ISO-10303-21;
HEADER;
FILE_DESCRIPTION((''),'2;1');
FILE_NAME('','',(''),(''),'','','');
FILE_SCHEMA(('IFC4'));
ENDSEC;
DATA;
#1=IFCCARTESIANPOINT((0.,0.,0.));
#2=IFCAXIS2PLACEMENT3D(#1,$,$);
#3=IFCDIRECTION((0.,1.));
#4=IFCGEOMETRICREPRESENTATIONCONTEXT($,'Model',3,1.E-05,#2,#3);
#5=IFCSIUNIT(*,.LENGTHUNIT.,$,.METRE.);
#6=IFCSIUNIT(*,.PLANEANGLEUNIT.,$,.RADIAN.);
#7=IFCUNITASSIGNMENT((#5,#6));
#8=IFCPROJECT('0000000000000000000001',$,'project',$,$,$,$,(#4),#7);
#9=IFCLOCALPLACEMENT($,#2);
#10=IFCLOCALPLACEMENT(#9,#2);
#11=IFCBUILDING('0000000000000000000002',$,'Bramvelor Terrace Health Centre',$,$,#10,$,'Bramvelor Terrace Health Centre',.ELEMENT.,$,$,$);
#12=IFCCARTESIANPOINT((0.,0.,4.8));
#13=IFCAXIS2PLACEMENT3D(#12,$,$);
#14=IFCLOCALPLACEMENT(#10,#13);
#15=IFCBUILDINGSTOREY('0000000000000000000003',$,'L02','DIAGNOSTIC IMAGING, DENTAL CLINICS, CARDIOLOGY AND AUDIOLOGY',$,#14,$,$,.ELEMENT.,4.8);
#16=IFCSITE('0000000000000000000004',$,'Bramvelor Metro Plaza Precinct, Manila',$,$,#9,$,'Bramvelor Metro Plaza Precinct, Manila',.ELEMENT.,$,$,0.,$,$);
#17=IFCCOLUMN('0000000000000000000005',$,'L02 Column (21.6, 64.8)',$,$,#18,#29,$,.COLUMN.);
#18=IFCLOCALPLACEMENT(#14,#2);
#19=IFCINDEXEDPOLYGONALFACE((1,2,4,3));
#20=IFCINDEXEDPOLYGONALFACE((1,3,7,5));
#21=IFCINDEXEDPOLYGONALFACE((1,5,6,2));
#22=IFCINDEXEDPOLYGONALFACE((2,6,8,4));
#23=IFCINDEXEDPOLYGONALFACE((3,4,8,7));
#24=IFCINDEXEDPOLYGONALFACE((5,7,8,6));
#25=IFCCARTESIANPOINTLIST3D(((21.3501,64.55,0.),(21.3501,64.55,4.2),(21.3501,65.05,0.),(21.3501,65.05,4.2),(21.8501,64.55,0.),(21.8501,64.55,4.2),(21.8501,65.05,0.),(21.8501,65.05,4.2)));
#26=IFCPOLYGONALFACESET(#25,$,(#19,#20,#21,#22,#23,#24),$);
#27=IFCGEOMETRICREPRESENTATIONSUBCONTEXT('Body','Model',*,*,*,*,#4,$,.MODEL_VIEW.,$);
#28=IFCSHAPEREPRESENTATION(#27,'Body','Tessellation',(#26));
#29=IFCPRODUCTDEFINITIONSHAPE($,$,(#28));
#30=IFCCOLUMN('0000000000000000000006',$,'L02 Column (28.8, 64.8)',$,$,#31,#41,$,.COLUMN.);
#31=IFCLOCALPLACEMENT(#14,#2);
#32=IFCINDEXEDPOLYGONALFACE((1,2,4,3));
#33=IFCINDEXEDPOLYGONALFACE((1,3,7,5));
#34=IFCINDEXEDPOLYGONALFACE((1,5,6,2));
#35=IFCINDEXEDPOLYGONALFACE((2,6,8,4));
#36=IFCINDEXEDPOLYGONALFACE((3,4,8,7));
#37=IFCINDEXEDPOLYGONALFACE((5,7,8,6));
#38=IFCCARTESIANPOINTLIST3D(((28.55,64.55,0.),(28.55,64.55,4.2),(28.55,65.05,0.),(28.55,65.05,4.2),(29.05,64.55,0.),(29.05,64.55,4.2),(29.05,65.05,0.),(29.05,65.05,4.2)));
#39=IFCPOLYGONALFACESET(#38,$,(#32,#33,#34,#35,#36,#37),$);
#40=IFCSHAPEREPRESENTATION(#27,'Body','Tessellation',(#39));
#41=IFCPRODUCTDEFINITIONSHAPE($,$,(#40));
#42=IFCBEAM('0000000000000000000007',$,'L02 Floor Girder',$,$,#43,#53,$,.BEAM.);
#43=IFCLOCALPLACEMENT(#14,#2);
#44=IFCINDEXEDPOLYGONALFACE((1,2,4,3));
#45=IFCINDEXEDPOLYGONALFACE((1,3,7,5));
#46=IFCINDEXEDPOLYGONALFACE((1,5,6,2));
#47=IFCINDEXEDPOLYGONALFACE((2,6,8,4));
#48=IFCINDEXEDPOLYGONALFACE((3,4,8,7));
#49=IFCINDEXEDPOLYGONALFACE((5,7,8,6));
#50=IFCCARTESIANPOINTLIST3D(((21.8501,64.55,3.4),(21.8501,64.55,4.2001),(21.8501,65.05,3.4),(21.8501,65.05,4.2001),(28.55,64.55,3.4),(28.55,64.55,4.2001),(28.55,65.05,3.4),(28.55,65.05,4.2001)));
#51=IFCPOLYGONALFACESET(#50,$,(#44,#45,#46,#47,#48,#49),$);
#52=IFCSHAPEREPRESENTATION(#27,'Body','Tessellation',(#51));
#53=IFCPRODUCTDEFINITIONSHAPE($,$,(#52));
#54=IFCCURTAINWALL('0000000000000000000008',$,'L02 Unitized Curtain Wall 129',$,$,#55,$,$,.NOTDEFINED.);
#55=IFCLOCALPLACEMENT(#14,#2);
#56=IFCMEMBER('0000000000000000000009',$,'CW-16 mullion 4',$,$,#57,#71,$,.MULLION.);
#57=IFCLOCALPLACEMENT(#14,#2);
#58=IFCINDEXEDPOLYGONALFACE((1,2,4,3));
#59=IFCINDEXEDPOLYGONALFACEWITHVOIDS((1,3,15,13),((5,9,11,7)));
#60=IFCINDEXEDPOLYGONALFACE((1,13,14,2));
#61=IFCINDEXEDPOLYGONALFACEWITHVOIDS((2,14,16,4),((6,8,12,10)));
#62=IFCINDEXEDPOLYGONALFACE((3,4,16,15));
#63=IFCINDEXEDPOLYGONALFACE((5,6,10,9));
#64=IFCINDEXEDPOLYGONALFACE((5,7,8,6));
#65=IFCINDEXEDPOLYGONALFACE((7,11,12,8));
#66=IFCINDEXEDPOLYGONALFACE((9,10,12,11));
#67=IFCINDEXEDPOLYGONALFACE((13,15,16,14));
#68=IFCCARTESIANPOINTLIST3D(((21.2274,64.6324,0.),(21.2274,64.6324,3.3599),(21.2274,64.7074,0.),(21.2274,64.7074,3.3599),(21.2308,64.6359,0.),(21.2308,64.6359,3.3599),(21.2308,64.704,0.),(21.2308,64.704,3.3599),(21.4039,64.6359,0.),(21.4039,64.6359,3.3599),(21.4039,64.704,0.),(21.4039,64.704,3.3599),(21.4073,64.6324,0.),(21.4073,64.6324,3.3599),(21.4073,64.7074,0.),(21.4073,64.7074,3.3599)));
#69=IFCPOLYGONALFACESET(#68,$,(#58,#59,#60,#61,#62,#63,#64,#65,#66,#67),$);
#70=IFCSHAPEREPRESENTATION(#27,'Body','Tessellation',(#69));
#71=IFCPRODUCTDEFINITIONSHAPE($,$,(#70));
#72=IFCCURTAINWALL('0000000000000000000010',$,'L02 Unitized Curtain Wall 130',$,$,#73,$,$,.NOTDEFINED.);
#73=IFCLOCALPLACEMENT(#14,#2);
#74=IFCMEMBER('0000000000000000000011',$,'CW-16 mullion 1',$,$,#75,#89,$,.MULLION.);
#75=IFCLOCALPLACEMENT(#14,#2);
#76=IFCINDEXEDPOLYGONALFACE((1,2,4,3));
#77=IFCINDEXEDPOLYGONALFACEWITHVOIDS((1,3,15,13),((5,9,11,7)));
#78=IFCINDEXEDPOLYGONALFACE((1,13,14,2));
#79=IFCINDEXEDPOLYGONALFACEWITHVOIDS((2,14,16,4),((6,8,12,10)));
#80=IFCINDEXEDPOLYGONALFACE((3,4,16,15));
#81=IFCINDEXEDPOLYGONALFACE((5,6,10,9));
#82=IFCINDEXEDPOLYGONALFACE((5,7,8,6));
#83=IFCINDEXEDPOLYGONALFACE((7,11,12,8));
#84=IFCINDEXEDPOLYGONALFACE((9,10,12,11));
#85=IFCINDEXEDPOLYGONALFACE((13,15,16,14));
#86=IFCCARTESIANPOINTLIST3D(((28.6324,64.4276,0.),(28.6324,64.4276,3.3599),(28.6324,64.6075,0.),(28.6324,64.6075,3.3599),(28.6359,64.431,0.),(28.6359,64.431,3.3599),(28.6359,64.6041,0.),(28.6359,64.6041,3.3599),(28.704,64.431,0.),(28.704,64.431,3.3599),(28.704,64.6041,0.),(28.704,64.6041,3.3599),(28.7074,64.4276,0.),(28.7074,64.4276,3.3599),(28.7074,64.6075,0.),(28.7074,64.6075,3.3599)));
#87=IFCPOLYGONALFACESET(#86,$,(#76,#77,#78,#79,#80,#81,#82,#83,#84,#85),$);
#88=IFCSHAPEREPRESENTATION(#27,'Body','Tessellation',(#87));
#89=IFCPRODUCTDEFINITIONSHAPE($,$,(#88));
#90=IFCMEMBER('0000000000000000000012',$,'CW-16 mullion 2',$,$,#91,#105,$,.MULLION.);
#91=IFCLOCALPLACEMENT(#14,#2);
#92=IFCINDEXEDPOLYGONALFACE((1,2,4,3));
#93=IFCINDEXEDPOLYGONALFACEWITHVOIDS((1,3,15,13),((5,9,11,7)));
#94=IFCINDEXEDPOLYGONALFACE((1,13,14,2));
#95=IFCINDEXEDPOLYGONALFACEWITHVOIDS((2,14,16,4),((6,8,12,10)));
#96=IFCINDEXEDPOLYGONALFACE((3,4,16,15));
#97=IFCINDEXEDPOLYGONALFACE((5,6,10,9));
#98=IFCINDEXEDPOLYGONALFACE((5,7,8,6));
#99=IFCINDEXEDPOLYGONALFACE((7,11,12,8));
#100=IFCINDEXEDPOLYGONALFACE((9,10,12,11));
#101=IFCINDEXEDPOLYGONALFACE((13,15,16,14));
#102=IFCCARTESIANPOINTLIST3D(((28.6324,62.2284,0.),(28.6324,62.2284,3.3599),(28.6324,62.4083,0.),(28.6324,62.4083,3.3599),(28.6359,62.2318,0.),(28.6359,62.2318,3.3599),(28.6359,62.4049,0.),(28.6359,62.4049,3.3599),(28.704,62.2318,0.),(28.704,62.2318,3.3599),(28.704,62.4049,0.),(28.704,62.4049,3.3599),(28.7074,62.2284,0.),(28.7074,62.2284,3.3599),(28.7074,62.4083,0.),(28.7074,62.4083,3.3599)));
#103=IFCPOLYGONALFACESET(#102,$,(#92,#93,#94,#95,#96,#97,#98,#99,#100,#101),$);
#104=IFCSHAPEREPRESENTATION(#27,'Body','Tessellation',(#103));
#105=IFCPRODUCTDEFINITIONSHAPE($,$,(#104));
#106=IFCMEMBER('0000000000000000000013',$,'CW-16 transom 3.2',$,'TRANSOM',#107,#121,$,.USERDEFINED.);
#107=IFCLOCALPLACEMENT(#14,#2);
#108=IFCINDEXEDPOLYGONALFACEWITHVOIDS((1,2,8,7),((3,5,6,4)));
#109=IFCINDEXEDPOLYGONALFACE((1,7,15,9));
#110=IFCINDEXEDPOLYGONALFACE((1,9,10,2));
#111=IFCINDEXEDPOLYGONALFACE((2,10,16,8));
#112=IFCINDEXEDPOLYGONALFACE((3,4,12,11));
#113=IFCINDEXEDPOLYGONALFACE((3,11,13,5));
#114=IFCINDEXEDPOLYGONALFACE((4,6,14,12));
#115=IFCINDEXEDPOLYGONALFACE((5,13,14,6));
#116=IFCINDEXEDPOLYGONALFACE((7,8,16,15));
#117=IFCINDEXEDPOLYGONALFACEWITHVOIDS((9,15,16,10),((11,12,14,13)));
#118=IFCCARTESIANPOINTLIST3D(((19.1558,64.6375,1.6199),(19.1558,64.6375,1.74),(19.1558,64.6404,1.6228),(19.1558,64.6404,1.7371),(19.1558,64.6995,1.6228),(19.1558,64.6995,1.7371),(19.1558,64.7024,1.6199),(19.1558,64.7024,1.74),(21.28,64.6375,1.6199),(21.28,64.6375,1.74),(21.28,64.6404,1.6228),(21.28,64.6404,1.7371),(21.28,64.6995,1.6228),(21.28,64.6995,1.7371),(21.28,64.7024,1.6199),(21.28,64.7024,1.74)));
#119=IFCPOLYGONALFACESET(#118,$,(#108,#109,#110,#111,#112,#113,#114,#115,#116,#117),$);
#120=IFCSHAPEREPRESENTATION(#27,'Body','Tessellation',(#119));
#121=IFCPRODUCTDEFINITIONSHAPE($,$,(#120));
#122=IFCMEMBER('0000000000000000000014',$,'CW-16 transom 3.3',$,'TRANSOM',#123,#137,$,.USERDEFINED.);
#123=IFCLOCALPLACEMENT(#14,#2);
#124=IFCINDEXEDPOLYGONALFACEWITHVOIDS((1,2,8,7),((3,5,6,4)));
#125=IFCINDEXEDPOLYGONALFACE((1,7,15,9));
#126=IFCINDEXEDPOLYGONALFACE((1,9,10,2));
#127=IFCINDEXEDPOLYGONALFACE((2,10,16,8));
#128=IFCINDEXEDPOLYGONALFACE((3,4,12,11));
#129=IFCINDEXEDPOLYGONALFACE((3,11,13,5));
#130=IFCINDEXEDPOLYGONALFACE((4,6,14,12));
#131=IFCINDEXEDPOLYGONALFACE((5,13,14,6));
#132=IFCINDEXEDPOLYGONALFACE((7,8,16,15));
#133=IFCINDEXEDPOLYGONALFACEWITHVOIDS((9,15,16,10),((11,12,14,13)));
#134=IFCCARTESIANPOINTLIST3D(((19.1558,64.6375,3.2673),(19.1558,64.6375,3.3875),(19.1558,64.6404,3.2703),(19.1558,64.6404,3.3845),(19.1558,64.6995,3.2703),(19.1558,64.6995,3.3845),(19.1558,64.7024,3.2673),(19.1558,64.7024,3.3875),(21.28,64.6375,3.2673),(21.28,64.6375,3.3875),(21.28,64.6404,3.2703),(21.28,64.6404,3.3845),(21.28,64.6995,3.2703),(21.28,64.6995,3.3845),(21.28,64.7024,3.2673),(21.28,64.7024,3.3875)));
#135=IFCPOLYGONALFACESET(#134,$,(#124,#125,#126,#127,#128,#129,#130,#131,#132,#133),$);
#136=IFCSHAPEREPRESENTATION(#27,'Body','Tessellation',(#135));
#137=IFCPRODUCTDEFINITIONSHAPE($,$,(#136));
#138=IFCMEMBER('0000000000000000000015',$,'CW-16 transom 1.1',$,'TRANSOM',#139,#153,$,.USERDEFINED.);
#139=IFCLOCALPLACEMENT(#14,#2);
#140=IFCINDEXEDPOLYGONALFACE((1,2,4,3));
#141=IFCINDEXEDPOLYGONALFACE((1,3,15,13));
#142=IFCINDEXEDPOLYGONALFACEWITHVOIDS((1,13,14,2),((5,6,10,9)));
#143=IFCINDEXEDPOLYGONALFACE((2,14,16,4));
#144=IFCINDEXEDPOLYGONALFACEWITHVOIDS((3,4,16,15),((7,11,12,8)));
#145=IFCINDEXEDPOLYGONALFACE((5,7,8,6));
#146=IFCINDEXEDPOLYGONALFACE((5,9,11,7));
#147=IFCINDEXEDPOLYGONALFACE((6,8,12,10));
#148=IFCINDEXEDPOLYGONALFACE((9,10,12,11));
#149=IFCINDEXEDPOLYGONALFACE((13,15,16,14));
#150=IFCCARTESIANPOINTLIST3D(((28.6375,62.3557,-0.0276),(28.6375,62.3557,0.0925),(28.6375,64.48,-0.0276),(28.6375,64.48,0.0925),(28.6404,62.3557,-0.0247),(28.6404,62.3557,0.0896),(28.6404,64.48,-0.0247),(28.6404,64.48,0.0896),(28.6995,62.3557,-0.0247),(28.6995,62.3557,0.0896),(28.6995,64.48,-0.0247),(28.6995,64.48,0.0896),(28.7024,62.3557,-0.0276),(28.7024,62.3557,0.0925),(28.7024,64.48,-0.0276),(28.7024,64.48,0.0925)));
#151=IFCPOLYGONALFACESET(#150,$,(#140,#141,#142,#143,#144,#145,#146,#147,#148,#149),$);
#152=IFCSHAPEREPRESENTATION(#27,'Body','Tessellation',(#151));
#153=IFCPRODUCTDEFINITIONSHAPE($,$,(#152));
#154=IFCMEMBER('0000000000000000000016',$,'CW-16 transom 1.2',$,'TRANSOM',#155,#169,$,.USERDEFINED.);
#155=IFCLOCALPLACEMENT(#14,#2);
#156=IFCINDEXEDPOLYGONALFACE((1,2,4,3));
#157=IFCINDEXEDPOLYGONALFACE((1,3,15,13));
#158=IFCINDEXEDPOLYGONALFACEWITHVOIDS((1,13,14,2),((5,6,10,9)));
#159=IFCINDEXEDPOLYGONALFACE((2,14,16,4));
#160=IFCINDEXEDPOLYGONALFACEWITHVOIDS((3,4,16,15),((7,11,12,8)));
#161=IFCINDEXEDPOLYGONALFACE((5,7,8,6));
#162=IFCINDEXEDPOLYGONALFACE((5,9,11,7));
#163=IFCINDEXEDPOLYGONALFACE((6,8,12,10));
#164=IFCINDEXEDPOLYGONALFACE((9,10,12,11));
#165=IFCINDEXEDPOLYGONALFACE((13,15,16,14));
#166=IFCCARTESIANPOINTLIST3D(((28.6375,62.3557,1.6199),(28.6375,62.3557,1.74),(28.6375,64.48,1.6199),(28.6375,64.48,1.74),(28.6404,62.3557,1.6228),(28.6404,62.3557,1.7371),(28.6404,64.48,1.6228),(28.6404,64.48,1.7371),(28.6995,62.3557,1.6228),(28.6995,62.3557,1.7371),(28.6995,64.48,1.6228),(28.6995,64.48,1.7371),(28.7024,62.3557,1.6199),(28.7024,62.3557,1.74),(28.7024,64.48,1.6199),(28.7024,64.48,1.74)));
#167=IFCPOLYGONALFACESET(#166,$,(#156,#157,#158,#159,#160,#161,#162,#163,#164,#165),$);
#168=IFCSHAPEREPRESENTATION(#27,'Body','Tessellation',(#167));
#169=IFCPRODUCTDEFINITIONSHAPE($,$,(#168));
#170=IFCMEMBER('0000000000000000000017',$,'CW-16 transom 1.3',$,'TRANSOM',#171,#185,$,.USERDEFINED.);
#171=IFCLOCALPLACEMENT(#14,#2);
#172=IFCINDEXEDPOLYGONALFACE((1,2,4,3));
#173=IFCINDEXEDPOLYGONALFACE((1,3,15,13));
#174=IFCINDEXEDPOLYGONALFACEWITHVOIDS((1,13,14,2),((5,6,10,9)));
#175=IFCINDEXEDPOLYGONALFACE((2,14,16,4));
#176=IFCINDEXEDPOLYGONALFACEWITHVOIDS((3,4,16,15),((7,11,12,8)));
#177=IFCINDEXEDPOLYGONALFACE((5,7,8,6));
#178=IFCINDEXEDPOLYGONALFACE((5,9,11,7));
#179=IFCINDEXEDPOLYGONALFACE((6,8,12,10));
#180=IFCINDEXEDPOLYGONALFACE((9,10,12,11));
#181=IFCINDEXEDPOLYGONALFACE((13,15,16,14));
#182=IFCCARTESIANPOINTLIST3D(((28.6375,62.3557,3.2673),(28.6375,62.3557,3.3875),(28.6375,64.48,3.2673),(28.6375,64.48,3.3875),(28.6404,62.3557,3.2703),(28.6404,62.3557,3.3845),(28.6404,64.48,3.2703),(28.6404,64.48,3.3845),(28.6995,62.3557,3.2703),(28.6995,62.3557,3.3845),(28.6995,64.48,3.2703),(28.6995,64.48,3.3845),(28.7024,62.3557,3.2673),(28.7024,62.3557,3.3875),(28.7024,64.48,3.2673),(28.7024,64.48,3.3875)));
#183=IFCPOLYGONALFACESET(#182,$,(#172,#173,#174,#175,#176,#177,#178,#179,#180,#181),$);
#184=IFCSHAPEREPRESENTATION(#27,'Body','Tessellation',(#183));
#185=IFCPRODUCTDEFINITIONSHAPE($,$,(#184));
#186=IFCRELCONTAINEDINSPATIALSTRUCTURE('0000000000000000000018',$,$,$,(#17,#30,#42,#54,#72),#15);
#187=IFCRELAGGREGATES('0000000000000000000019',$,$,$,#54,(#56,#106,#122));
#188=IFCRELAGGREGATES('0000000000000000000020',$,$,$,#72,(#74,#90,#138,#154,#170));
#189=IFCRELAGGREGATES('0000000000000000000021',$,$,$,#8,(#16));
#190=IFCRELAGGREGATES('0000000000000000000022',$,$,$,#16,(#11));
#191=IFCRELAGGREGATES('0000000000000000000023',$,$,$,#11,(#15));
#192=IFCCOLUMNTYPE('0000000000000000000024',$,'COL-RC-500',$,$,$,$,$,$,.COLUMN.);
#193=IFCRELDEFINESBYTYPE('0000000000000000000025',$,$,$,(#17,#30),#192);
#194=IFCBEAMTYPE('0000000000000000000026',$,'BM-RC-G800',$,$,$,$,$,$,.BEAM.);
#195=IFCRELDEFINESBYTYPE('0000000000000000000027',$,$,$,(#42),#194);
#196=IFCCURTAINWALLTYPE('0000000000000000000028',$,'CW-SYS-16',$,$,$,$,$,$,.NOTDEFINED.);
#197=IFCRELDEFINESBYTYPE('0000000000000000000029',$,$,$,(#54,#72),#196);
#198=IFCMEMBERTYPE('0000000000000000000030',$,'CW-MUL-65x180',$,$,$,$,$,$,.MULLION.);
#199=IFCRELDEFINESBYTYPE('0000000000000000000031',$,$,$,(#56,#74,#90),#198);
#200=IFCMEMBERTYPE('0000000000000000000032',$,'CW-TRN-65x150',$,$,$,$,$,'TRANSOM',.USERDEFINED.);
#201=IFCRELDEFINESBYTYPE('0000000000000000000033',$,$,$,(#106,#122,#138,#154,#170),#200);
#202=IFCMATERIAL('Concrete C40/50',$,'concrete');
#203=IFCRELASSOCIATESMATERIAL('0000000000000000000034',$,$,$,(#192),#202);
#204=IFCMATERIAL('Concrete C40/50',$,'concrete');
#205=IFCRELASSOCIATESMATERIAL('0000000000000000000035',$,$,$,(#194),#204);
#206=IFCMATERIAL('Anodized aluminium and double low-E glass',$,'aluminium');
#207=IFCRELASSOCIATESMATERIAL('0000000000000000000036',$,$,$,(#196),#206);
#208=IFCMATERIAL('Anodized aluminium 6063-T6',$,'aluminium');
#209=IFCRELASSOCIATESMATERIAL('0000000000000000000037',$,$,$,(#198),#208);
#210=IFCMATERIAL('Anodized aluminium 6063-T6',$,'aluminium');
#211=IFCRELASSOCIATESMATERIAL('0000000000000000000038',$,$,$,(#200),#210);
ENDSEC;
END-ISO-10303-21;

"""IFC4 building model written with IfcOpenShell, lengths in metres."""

from ifc_helpers import new_model, si_unit, direction, frame, origin, origin_2d, place, context, subcontext, project, spatial, rectangle, hollow_rectangle, extrude, material, material_profile, profile_set, type_object, element, aggregate, save


model = new_model("IFC4")

# Units and contexts
model_context = context("Model", 3, precision=1e-05, world=origin(), true_north=direction((0.0, 1.0)))
body_context = subcontext(model_context, "Body", "Model", "MODEL_VIEW")
ifc_project = project(units=[si_unit("LENGTHUNIT", "METRE"), si_unit("PLANEANGLEUNIT", "RADIAN")], contexts=[model_context])

# Site, building, storey
site_placement = place(None, origin())
site = spatial("IfcSite", under=ifc_project, at=site_placement, Name="Bramvelor Metro Plaza Precinct, Manila", LongName="Bramvelor Metro Plaza Precinct, Manila", CompositionType="ELEMENT", RefElevation=0.0)
building_placement = place(site_placement, origin())
building = spatial("IfcBuilding", under=site, at=building_placement, Name="Bramvelor Terrace Health Centre", LongName="Bramvelor Terrace Health Centre", CompositionType="ELEMENT")
storey_placement = place(building_placement, frame((0.0, 0.0, 4.8)))
storey = spatial("IfcBuildingStorey", under=building, at=storey_placement, Name="L02", Description="DIAGNOSTIC IMAGING, DENTAL CLINICS, CARDIOLOGY AND AUDIOLOGY", CompositionType="ELEMENT", Elevation=4.8)

# Columns
ifc_material_1 = material(Name="Concrete C40/50", Category="concrete")
ifc_material_profile_1 = material_profile(ifc_material_1, rectangle(XDim=0.5, YDim=0.5, at=origin_2d()), Name="RC 500x500")
ifc_profile_set_1 = profile_set([ifc_material_profile_1], Name="Concrete C40/50")
column_type = type_object("IfcColumnType", Name="COL-RC-500", PredefinedType="COLUMN", material=ifc_profile_set_1)
for number, where, z_axis, x_axis, name in (
    (1, (21.6001, 64.8, 0.0), (0.0, 0.0, 1.0), (1.0, 0.0, 0.0), "L02 Column (21.6, 64.8)"),
    (2, (28.8, 64.8, 0.0), (0.0, 0.0, 1.0), (1.0, 0.0, 0.0), "L02 Column (28.8, 64.8)"),
):
    element("IfcColumn", number, at=place(storey_placement, frame(where, z_axis=z_axis, x_axis=x_axis)), inside=storey, type_object=column_type, Name=name, PredefinedType="COLUMN", context=body_context, shape_type="SweptSolid", body=[
        extrude(rectangle(XDim=0.5, YDim=0.5, at=origin_2d()), origin(), (0.0, 0.0, 1.0), 4.2),
    ])

# Beam
ifc_material_2 = material(Name="Concrete C40/50", Category="concrete")
ifc_material_profile_2 = material_profile(ifc_material_2, rectangle(XDim=0.5, YDim=0.8, at=origin_2d()), Name="RC 500x800")
ifc_profile_set_2 = profile_set([ifc_material_profile_2], Name="Concrete C40/50")
beam_type = type_object("IfcBeamType", Name="BM-RC-G800", PredefinedType="BEAM", material=ifc_profile_set_2)
beam_placement = place(storey_placement, frame((21.8501, 64.8, 3.8), z_axis=(1.0, 0.0, 0.0), x_axis=(0.0, 1.0, 0.0)))
element("IfcBeam", 3, at=beam_placement, inside=storey, type_object=beam_type, Name="L02 Floor Girder", PredefinedType="BEAM", context=body_context, shape_type="SweptSolid", body=[
    extrude(rectangle(XDim=0.5, YDim=0.8, at=origin_2d()), origin(), (0.0, 0.0, 1.0), 6.7),
])

# Curtain wall, member
ifc_material_3 = material(Name="Anodized aluminium and double low-E glass", Category="aluminium")
curtain_wall_type = type_object("IfcCurtainWallType", Name="CW-SYS-16", PredefinedType="NOTDEFINED", material=ifc_material_3)
curtain_wall_1_placement = place(storey_placement, origin())
curtain_wall_1 = element("IfcCurtainWall", 4, at=curtain_wall_1_placement, inside=storey, type_object=curtain_wall_type, Name="L02 Unitized Curtain Wall 129", PredefinedType="NOTDEFINED")
ifc_material_4 = material(Name="Anodized aluminium 6063-T6", Category="aluminium")
ifc_material_profile_3 = material_profile(ifc_material_4, hollow_rectangle(XDim=0.075, YDim=0.1799, WallThickness=0.0034, at=origin_2d()), Name="ALU-MUL 75x180x3.5")
ifc_profile_set_3 = profile_set([ifc_material_profile_3], Name="Anodized aluminium 6063-T6")
member_type_1 = type_object("IfcMemberType", Name="CW-MUL-65x180", PredefinedType="MULLION", material=ifc_profile_set_3)
member_1_placement = place(storey_placement, frame((21.3174, 64.6699, 0.0), z_axis=(0.0, 0.0, 1.0), x_axis=(0.0, 1.0, 0.0)))
member_1 = element("IfcMember", 5, at=member_1_placement, type_object=member_type_1, Name="CW-16 mullion 4", PredefinedType="MULLION", context=body_context, shape_type="SweptSolid", body=[
    extrude(hollow_rectangle(XDim=0.075, YDim=0.1799, WallThickness=0.0034, at=origin_2d()), origin(), (0.0, 0.0, 1.0), 3.3599),
])

# Curtain wall, members
curtain_wall_2_placement = place(storey_placement, origin())
curtain_wall_2 = element("IfcCurtainWall", 6, at=curtain_wall_2_placement, inside=storey, type_object=curtain_wall_type, Name="L02 Unitized Curtain Wall 130", PredefinedType="NOTDEFINED")
member_2_placement = place(storey_placement, frame((28.6699, 64.5176, 0.0), z_axis=(0.0, 0.0, 1.0), x_axis=(1.0, 0.0, 0.0)))
member_2 = element("IfcMember", 7, at=member_2_placement, type_object=member_type_1, Name="CW-16 mullion 1", PredefinedType="MULLION", context=body_context, shape_type="SweptSolid", body=[
    extrude(hollow_rectangle(XDim=0.075, YDim=0.1799, WallThickness=0.0034, at=origin_2d()), origin(), (0.0, 0.0, 1.0), 3.3599),
])
member_3_placement = place(storey_placement, frame((28.6699, 62.3184, 0.0), z_axis=(0.0, 0.0, 1.0), x_axis=(1.0, 0.0, 0.0)))
member_3 = element("IfcMember", 8, at=member_3_placement, type_object=member_type_1, Name="CW-16 mullion 2", PredefinedType="MULLION", context=body_context, shape_type="SweptSolid", body=[
    extrude(hollow_rectangle(XDim=0.075, YDim=0.1799, WallThickness=0.0034, at=origin_2d()), origin(), (0.0, 0.0, 1.0), 3.3599),
])

# Members
ifc_material_5 = material(Name="Anodized aluminium 6063-T6", Category="aluminium")
ifc_material_profile_4 = material_profile(ifc_material_5, hollow_rectangle(XDim=0.0649, YDim=0.1201, WallThickness=0.0029, at=origin_2d()), Name="ALU-TRN 65x120x3.0")
ifc_profile_set_4 = profile_set([ifc_material_profile_4], Name="Anodized aluminium 6063-T6")
member_type_2 = type_object("IfcMemberType", Name="CW-TRN-65x150", ElementType="TRANSOM", PredefinedType="USERDEFINED", material=ifc_profile_set_4)
member_4_placement = place(storey_placement, frame((19.1558, 64.6699, 1.6799), z_axis=(1.0, 0.0, 0.0), x_axis=(0.0, 1.0, 0.0)))
member_4 = element("IfcMember", 9, at=member_4_placement, type_object=member_type_2, Name="CW-16 transom 3.2", ObjectType="TRANSOM", PredefinedType="USERDEFINED", context=body_context, shape_type="SweptSolid", body=[
    extrude(hollow_rectangle(XDim=0.0649, YDim=0.1201, WallThickness=0.0029, at=origin_2d()), origin(), (0.0, 0.0, 1.0), 2.1243),
])
member_5_placement = place(storey_placement, frame((19.1558, 64.6699, 3.3274), z_axis=(1.0, 0.0, 0.0), x_axis=(0.0, 1.0, 0.0)))
member_5 = element("IfcMember", 10, at=member_5_placement, type_object=member_type_2, Name="CW-16 transom 3.3", ObjectType="TRANSOM", PredefinedType="USERDEFINED", context=body_context, shape_type="SweptSolid", body=[
    extrude(hollow_rectangle(XDim=0.0649, YDim=0.1201, WallThickness=0.0029, at=origin_2d()), origin(), (0.0, 0.0, 1.0), 2.1243),
])
member_6_placement = place(storey_placement, frame((28.6699, 64.48, 0.0325), z_axis=(0.0, -1.0, 0.0), x_axis=(1.0, 0.0, 0.0)))
member_6 = element("IfcMember", 11, at=member_6_placement, type_object=member_type_2, Name="CW-16 transom 1.1", ObjectType="TRANSOM", PredefinedType="USERDEFINED", context=body_context, shape_type="SweptSolid", body=[
    extrude(hollow_rectangle(XDim=0.0649, YDim=0.1201, WallThickness=0.0029, at=origin_2d()), origin(), (0.0, 0.0, 1.0), 2.1243),
])
member_7_placement = place(storey_placement, frame((28.6699, 64.48, 1.6799), z_axis=(0.0, -1.0, 0.0), x_axis=(1.0, 0.0, 0.0)))
member_7 = element("IfcMember", 12, at=member_7_placement, type_object=member_type_2, Name="CW-16 transom 1.2", ObjectType="TRANSOM", PredefinedType="USERDEFINED", context=body_context, shape_type="SweptSolid", body=[
    extrude(hollow_rectangle(XDim=0.0649, YDim=0.1201, WallThickness=0.0029, at=origin_2d()), origin(), (0.0, 0.0, 1.0), 2.1243),
])
member_8_placement = place(storey_placement, frame((28.6699, 64.48, 3.3274), z_axis=(0.0, -1.0, 0.0), x_axis=(1.0, 0.0, 0.0)))
member_8 = element("IfcMember", 13, at=member_8_placement, type_object=member_type_2, Name="CW-16 transom 1.3", ObjectType="TRANSOM", PredefinedType="USERDEFINED", context=body_context, shape_type="SweptSolid", body=[
    extrude(hollow_rectangle(XDim=0.0649, YDim=0.1201, WallThickness=0.0029, at=origin_2d()), origin(), (0.0, 0.0, 1.0), 2.1243),
])

aggregate(curtain_wall_1, [member_1, member_4, member_5])
aggregate(curtain_wall_2, [member_2, member_3, member_6, member_7, member_8])

save(model, "model.ifc")
